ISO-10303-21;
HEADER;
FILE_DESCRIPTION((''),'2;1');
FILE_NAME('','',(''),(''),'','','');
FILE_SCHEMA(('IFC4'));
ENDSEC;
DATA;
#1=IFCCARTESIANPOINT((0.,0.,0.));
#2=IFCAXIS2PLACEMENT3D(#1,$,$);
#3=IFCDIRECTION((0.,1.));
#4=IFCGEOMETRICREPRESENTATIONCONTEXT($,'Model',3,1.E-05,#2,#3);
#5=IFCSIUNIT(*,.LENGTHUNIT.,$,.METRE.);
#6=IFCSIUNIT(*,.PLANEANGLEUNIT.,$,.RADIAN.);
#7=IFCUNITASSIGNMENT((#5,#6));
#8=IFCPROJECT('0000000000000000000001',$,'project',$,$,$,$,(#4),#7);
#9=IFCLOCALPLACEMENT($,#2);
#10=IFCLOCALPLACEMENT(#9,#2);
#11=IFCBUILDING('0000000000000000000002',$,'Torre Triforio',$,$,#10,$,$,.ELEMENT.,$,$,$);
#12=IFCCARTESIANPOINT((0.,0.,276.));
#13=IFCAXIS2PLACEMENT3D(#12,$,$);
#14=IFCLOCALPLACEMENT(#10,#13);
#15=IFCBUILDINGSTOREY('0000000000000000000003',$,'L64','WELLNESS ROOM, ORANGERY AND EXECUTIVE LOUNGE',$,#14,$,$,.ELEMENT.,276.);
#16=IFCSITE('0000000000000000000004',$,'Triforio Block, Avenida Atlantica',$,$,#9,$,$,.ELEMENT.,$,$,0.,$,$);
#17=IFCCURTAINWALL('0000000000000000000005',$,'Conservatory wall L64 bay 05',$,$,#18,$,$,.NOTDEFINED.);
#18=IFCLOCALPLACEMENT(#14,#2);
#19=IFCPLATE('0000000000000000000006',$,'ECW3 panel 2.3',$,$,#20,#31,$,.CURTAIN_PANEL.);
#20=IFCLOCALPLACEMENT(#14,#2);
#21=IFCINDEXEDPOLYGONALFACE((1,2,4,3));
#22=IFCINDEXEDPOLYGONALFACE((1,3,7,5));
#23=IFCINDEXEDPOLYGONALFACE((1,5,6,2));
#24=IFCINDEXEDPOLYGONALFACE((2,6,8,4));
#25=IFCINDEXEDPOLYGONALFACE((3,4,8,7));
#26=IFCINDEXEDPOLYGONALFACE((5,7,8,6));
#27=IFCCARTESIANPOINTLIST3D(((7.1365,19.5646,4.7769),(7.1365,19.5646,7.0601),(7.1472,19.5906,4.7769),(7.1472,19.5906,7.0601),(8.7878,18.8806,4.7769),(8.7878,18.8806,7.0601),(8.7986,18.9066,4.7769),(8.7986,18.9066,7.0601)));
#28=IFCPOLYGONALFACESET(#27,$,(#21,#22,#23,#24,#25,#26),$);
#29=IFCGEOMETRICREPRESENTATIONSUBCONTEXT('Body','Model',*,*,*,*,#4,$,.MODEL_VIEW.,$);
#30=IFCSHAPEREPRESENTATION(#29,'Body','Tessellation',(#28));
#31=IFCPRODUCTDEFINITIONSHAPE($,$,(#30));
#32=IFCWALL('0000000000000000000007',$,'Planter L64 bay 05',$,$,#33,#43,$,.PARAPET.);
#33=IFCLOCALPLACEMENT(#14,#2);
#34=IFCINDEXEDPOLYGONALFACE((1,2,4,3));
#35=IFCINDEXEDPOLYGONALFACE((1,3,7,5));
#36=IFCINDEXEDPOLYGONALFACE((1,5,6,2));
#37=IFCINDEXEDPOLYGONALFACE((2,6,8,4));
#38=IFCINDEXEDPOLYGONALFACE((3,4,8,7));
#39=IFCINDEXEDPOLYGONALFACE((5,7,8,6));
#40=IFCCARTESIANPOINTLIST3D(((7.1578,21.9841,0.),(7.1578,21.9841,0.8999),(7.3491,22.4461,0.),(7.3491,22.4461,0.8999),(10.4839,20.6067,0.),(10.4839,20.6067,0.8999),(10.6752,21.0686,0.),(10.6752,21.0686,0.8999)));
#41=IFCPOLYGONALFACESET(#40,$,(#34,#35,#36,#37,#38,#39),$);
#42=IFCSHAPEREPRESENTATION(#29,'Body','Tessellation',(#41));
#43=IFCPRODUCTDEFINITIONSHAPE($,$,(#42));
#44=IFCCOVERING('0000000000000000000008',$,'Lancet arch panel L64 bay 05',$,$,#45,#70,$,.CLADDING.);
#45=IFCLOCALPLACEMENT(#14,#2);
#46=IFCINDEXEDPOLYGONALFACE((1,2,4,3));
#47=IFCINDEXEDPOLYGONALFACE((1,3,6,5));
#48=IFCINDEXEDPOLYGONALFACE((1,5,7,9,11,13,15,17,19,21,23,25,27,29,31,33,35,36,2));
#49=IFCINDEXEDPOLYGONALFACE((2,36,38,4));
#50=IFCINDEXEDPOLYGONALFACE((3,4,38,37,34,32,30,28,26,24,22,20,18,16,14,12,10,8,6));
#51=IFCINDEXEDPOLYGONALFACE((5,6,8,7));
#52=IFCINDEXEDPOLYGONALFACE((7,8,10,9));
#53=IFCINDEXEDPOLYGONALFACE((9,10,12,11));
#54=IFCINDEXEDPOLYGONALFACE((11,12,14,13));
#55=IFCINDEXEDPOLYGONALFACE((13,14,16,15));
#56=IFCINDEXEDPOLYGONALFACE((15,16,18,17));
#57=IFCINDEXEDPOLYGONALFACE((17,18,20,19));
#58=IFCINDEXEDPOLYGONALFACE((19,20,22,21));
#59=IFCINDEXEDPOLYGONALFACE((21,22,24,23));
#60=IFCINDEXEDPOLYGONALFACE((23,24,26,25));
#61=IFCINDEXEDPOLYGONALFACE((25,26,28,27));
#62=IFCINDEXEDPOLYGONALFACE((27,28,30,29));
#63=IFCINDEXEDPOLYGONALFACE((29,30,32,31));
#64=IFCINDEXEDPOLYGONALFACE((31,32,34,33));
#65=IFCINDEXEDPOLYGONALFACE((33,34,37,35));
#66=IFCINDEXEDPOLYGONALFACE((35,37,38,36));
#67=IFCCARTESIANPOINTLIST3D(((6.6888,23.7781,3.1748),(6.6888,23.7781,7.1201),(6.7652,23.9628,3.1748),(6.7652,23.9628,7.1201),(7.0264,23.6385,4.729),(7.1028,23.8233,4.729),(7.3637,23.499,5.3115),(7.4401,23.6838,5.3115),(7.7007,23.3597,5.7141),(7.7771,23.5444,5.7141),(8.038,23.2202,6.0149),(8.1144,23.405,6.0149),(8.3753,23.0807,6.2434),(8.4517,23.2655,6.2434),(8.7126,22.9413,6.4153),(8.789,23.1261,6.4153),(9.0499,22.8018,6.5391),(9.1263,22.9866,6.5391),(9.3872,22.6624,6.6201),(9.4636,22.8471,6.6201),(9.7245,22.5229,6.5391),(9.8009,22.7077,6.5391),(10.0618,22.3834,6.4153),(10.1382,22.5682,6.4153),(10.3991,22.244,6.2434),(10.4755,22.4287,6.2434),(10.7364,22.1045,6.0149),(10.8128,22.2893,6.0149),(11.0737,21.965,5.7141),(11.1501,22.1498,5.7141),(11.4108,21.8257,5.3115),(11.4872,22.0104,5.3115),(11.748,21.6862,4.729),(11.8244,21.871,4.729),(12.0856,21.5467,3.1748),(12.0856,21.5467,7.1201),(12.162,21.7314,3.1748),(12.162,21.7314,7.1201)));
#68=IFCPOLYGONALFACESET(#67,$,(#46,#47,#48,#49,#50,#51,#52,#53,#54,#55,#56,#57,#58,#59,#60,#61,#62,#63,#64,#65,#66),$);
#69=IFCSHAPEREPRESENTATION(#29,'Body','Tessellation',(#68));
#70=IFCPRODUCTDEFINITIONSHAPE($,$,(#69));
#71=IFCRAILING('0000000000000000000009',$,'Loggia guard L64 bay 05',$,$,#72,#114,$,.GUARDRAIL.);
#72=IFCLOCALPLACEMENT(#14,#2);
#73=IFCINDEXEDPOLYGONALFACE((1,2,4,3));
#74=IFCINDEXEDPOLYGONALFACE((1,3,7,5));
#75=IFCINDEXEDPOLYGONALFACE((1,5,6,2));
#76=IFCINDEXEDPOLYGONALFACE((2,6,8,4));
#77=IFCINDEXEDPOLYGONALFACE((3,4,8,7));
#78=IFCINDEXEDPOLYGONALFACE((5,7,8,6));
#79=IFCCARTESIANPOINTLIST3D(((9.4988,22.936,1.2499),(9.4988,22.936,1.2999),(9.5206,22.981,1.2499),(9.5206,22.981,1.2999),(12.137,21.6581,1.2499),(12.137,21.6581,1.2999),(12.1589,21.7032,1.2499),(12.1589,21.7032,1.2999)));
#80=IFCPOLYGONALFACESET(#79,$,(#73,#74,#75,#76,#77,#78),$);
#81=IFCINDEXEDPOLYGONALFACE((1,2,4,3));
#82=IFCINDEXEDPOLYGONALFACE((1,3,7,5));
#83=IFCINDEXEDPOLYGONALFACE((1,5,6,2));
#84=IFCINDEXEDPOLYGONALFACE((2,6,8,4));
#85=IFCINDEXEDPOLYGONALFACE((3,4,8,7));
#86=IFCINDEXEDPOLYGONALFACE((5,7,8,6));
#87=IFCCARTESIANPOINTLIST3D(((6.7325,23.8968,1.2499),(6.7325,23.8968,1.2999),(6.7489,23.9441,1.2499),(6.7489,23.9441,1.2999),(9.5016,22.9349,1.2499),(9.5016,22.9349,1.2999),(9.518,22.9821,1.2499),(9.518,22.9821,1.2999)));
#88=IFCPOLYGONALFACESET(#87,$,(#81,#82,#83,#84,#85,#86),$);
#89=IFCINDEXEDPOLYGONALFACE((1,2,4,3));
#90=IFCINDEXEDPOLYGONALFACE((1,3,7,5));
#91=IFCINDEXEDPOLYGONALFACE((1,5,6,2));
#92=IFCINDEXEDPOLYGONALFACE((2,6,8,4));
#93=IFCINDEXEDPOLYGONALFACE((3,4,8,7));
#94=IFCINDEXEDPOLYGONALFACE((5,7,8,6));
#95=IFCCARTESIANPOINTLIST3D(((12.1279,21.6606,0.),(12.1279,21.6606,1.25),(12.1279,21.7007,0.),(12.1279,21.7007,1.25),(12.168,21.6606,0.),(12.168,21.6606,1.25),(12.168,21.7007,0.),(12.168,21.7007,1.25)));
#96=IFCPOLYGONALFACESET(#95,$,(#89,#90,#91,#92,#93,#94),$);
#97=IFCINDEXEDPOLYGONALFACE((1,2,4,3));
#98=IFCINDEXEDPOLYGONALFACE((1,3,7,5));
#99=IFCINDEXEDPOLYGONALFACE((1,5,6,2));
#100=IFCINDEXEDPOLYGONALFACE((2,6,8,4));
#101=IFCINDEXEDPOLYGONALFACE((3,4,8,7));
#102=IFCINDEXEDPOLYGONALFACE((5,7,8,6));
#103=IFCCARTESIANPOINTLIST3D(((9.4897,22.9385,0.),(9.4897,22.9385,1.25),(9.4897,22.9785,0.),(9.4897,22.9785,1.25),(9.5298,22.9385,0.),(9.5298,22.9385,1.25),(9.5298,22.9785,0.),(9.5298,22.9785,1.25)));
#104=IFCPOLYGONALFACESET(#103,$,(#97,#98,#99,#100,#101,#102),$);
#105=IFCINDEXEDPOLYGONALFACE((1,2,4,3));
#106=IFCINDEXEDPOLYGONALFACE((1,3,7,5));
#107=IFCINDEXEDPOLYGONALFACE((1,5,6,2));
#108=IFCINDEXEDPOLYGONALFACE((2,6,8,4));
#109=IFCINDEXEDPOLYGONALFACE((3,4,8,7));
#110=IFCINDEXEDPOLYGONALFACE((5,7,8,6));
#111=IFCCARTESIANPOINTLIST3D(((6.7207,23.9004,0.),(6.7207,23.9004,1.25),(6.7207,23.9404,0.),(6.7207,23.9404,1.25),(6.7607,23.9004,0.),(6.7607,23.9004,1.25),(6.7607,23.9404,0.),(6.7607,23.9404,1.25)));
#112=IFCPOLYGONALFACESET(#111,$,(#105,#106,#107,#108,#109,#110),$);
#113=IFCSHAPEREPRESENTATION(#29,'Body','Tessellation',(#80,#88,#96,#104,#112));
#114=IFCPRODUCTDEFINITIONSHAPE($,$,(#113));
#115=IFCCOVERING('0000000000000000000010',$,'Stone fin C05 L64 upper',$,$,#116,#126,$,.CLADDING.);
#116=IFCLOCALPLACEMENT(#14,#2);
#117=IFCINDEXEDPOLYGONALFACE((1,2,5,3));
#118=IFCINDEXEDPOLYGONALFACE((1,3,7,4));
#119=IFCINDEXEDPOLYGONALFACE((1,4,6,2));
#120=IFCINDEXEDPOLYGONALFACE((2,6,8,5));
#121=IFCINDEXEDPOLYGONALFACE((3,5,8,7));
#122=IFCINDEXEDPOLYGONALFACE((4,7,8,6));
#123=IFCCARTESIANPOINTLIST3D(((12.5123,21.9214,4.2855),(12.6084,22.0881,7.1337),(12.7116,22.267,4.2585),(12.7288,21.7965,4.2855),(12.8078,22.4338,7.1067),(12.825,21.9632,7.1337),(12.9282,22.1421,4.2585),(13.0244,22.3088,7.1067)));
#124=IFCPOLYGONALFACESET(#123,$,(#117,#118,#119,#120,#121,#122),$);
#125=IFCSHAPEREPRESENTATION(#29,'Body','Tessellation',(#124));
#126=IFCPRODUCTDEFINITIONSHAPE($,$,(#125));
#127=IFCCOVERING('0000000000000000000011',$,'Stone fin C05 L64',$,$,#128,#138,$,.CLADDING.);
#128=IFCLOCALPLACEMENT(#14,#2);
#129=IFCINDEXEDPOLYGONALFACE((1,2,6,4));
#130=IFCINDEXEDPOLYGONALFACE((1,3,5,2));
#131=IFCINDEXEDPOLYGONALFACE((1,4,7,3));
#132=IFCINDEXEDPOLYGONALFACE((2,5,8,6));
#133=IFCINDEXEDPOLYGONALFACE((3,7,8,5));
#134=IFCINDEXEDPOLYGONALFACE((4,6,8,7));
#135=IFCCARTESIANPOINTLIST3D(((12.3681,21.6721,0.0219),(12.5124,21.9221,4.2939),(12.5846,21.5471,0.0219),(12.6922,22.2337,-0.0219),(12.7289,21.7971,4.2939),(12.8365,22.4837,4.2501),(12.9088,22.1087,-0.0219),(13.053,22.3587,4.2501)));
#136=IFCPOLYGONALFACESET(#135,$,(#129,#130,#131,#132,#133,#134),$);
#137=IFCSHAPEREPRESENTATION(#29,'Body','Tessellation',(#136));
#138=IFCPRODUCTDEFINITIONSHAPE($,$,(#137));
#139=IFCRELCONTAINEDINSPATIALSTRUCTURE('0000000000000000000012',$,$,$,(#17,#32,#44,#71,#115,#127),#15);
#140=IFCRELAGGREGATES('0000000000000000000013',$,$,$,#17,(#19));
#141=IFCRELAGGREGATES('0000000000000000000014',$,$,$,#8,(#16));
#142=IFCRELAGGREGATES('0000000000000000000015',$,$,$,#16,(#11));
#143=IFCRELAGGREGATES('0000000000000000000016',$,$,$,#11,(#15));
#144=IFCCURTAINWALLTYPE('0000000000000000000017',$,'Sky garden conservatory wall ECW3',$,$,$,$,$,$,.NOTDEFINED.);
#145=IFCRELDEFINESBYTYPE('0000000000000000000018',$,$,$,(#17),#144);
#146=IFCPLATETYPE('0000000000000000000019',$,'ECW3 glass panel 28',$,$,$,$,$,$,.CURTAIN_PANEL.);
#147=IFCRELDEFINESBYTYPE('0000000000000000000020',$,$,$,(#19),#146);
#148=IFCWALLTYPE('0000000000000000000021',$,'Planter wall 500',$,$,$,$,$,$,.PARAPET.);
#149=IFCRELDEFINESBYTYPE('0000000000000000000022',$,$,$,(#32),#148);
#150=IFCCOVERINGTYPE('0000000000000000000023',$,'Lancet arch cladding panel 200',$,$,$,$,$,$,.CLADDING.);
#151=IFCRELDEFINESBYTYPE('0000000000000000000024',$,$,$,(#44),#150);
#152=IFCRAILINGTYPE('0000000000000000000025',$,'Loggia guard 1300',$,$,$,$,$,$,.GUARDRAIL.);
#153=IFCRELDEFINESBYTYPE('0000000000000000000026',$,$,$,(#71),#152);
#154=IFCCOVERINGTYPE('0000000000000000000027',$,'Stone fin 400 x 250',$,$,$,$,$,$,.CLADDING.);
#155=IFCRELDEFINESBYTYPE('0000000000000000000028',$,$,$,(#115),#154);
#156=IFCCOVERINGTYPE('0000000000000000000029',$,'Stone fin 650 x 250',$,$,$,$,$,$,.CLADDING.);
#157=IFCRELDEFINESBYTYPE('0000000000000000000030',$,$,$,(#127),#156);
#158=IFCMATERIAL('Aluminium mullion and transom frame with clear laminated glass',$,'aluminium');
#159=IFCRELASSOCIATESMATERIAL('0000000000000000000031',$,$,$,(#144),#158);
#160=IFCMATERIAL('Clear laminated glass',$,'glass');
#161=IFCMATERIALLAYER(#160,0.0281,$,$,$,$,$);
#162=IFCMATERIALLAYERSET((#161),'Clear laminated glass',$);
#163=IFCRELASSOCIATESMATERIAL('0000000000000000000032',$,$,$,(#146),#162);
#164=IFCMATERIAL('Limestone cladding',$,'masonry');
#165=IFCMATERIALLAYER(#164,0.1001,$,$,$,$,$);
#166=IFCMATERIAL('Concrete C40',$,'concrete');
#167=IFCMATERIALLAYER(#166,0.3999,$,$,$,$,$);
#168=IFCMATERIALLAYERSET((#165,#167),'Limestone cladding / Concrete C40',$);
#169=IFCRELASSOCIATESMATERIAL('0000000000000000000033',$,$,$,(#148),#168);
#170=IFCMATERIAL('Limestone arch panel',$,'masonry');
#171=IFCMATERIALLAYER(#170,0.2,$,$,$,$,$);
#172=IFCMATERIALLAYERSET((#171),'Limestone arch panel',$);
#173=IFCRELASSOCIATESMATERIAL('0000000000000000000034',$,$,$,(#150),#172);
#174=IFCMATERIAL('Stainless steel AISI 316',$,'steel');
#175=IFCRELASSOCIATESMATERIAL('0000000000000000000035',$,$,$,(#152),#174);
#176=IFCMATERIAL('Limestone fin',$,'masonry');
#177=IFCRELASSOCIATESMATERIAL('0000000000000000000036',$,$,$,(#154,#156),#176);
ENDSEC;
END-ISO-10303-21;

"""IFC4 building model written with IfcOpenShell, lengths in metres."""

from ifc_helpers import new_model, si_unit, direction, frame, frame_2d, origin, origin_2d, place, context, subcontext, project, spatial, polyline, rectangle, outline, extrude, material, layer, layer_set, material_profile, profile_set, type_object, element, aggregate, save


model = new_model("IFC4")

# Units and contexts
model_context = context("Model", 3, precision=1e-05, world=origin(), true_north=direction((0.0, 1.0)))
body_context = subcontext(model_context, "Body", "Model", "MODEL_VIEW")
ifc_project = project(units=[si_unit("LENGTHUNIT", "METRE"), si_unit("PLANEANGLEUNIT", "RADIAN")], contexts=[model_context])

# Site, building, storey
site_placement = place(None, origin())
site = spatial("IfcSite", under=ifc_project, at=site_placement, Name="Triforio Block, Avenida Atlantica", CompositionType="ELEMENT", RefElevation=0.0)
building_placement = place(site_placement, origin())
building = spatial("IfcBuilding", under=site, at=building_placement, Name="Torre Triforio", CompositionType="ELEMENT")
storey_placement = place(building_placement, frame((0.0, 0.0, 276.0)))
storey = spatial("IfcBuildingStorey", under=building, at=storey_placement, Name="L64", Description="WELLNESS ROOM, ORANGERY AND EXECUTIVE LOUNGE", CompositionType="ELEMENT", Elevation=276.0)

# Shared definitions
ifc_material_1 = material(Name="Concrete C40", Category="concrete")

# Curtain wall
ifc_material_2 = material(Name="Aluminium mullion and transom frame with clear laminated glass", Category="aluminium")
curtain_wall_type = type_object("IfcCurtainWallType", Name="Sky garden conservatory wall ECW3", PredefinedType="NOTDEFINED", material=ifc_material_2)
curtain_wall_placement = place(storey_placement, origin())
curtain_wall = element("IfcCurtainWall", 1, at=curtain_wall_placement, inside=storey, type_object=curtain_wall_type, Name="Conservatory wall L64 bay 05", PredefinedType="NOTDEFINED")

# Plate
ifc_material_3 = material(Name="Clear laminated glass", Category="glass")
ifc_layer_1 = layer(ifc_material_3, 0.0281)
ifc_layer_set_1 = layer_set([ifc_layer_1], Name="Clear laminated glass")
plate_type = type_object("IfcPlateType", Name="ECW3 glass panel 28", PredefinedType="CURTAIN_PANEL", material=ifc_layer_set_1)
plate_1_placement = place(storey_placement, frame((7.9675, 19.2356, 4.7769), z_axis=(0.0, 0.0, 1.0), x_axis=(-0.923883, 0.382675, 0.0)))
plate_1 = element("IfcPlate", 2, at=plate_1_placement, type_object=plate_type, Name="ECW3 panel 2.3", PredefinedType="CURTAIN_PANEL", context=body_context, shape_type="SweptSolid", body=[
    extrude(rectangle(XDim=1.7874, YDim=0.0281, at=origin_2d()), origin(), (0.0, 0.0, 1.0), 2.2832),
])
aggregate(curtain_wall, [plate_1])

# Wall
ifc_material_4 = material(Name="Limestone cladding", Category="masonry")
ifc_layer_2 = layer(ifc_material_4, 0.1001)
ifc_layer_3 = layer(ifc_material_1, 0.3999)
ifc_layer_set_2 = layer_set([ifc_layer_2, ifc_layer_3], Name="Limestone cladding / Concrete C40")
wall_type = type_object("IfcWallType", Name="Planter wall 500", PredefinedType="PARAPET", material=ifc_layer_set_2)
wall_placement = place(storey_placement, frame((10.5796, 20.8376, 0.0), z_axis=(0.0, 0.0, 1.0), x_axis=(-0.923909, 0.382611, 0.0)))
element("IfcWall", 3, at=wall_placement, inside=storey, type_object=wall_type, Name="Planter L64 bay 05", PredefinedType="PARAPET", context=body_context, shape_type="SweptSolid", body=[
    extrude(rectangle(XDim=3.6001, YDim=0.5, at=frame_2d((1.8, 0.0))), origin(), (0.0, 0.0, 1.0), 0.8999),
])

# Covering
ifc_material_5 = material(Name="Limestone arch panel", Category="masonry")
ifc_layer_4 = layer(ifc_material_5, 0.2)
ifc_layer_set_3 = layer_set([ifc_layer_4], Name="Limestone arch panel")
covering_type_1 = type_object("IfcCoveringType", Name="Lancet arch cladding panel 200", PredefinedType="CLADDING", material=ifc_layer_set_3)
covering_1_placement = place(storey_placement, frame((9.3872, 22.6624, 0.0), z_axis=(0.3821, 0.924121, 0.0), x_axis=(-0.924121, 0.3821, 0.0)))
element("IfcCovering", 4, at=covering_1_placement, inside=storey, type_object=covering_type_1, Name="Lancet arch panel L64 bay 05", PredefinedType="CLADDING", context=body_context, shape_type="SweptSolid", body=[
    extrude(outline(polyline([(-2.9199, 7.1201), (-2.9199, 3.1748), (-2.5547, 4.729), (-2.1897, 5.3115), (-1.825, 5.7141), (-1.46, 6.0149), (-1.095, 6.2434), (-0.73, 6.4153), (-0.365, 6.5391), (0.0, 6.6201), (0.365, 6.5391), (0.73, 6.4153), (1.095, 6.2434), (1.46, 6.0149), (1.825, 5.7141), (2.1897, 5.3115), (2.5547, 4.729), (2.9199, 3.1748), (2.9199, 7.1201), (-2.9199, 7.1201)])), origin(), (0.0, 0.0, 1.0), 0.2),
])

# Railing
ifc_material_6 = material(Name="Stainless steel AISI 316", Category="steel")
railing_type = type_object("IfcRailingType", Name="Loggia guard 1300", PredefinedType="GUARDRAIL", material=ifc_material_6)
railing_placement = place(storey_placement, frame((12.1479, 21.6807, 0.0)))
element("IfcRailing", 5, at=railing_placement, inside=storey, type_object=railing_type, Name="Loggia guard L64 bay 05", PredefinedType="GUARDRAIL", context=body_context, shape_type="SweptSolid", body=[
    extrude(rectangle(XDim=0.05, YDim=0.05, at=origin_2d()), frame((0.0, 0.0, 1.2749), z_axis=(-0.899986, 0.435918, 0.0), x_axis=(-0.435918, -0.899986, 0.0)), (0.0, 0.0, 1.0), 2.9314),
    extrude(rectangle(XDim=0.05, YDim=0.05, at=origin_2d()), frame((-2.6382, 1.2778, 1.2749), z_axis=(-0.944627, 0.328146, 0.0), x_axis=(-0.328146, -0.944627, 0.0)), (0.0, 0.0, 1.0), 2.9314),
    extrude(rectangle(XDim=0.04, YDim=0.04, at=origin_2d()), origin(), (0.0, 0.0, 1.0), 1.25),
    extrude(rectangle(XDim=0.04, YDim=0.04, at=origin_2d()), frame((-2.6382, 1.2778, 0.0)), (0.0, 0.0, 1.0), 1.25),
    extrude(rectangle(XDim=0.04, YDim=0.04, at=origin_2d()), frame((-5.4072, 2.2397, 0.0)), (0.0, 0.0, 1.0), 1.25),
])

# Coverings
ifc_material_7 = material(Name="Limestone fin", Category="masonry")
ifc_material_profile_1 = material_profile(ifc_material_7, rectangle(XDim=0.3999, YDim=0.25, at=origin_2d()), Name="FIN 400x250")
ifc_profile_set_1 = profile_set([ifc_material_profile_1], Name="Limestone fin")
covering_type_2 = type_object("IfcCoveringType", Name="Stone fin 400 x 250", PredefinedType="CLADDING", material=ifc_profile_set_1)
covering_2_placement = place(storey_placement, frame((12.7202, 22.0317, 4.272), z_axis=(0.033696, 0.058413, 0.997724), x_axis=(-0.498548, -0.864235, 0.067435)))
element("IfcCovering", 6, at=covering_2_placement, inside=storey, type_object=covering_type_2, Name="Stone fin C05 L64 upper", PredefinedType="CLADDING", context=body_context, shape_type="SweptSolid", body=[
    extrude(rectangle(XDim=0.3999, YDim=0.25, at=origin_2d()), origin(), (0.0, 0.0, 1.0), 2.8547),
])
ifc_material_profile_2 = material_profile(ifc_material_7, rectangle(XDim=0.6499, YDim=0.25, at=origin_2d()), Name="FIN 650x250")
ifc_profile_set_2 = profile_set([ifc_material_profile_2], Name="Limestone fin")
covering_type_3 = type_object("IfcCoveringType", Name="Stone fin 650 x 250", PredefinedType="CLADDING", material=ifc_profile_set_2)
covering_3_placement = place(storey_placement, frame((12.6384, 21.8904, 0.0), z_axis=(0.033698, 0.058388, 0.997725), x_axis=(-0.498732, -0.864131, 0.067415)))
element("IfcCovering", 7, at=covering_3_placement, inside=storey, type_object=covering_type_3, Name="Stone fin C05 L64", PredefinedType="CLADDING", context=body_context, shape_type="SweptSolid", body=[
    extrude(rectangle(XDim=0.6499, YDim=0.25, at=origin_2d()), origin(), (0.0, 0.0, 1.0), 4.2817),
])

save(model, "model.ifc")
